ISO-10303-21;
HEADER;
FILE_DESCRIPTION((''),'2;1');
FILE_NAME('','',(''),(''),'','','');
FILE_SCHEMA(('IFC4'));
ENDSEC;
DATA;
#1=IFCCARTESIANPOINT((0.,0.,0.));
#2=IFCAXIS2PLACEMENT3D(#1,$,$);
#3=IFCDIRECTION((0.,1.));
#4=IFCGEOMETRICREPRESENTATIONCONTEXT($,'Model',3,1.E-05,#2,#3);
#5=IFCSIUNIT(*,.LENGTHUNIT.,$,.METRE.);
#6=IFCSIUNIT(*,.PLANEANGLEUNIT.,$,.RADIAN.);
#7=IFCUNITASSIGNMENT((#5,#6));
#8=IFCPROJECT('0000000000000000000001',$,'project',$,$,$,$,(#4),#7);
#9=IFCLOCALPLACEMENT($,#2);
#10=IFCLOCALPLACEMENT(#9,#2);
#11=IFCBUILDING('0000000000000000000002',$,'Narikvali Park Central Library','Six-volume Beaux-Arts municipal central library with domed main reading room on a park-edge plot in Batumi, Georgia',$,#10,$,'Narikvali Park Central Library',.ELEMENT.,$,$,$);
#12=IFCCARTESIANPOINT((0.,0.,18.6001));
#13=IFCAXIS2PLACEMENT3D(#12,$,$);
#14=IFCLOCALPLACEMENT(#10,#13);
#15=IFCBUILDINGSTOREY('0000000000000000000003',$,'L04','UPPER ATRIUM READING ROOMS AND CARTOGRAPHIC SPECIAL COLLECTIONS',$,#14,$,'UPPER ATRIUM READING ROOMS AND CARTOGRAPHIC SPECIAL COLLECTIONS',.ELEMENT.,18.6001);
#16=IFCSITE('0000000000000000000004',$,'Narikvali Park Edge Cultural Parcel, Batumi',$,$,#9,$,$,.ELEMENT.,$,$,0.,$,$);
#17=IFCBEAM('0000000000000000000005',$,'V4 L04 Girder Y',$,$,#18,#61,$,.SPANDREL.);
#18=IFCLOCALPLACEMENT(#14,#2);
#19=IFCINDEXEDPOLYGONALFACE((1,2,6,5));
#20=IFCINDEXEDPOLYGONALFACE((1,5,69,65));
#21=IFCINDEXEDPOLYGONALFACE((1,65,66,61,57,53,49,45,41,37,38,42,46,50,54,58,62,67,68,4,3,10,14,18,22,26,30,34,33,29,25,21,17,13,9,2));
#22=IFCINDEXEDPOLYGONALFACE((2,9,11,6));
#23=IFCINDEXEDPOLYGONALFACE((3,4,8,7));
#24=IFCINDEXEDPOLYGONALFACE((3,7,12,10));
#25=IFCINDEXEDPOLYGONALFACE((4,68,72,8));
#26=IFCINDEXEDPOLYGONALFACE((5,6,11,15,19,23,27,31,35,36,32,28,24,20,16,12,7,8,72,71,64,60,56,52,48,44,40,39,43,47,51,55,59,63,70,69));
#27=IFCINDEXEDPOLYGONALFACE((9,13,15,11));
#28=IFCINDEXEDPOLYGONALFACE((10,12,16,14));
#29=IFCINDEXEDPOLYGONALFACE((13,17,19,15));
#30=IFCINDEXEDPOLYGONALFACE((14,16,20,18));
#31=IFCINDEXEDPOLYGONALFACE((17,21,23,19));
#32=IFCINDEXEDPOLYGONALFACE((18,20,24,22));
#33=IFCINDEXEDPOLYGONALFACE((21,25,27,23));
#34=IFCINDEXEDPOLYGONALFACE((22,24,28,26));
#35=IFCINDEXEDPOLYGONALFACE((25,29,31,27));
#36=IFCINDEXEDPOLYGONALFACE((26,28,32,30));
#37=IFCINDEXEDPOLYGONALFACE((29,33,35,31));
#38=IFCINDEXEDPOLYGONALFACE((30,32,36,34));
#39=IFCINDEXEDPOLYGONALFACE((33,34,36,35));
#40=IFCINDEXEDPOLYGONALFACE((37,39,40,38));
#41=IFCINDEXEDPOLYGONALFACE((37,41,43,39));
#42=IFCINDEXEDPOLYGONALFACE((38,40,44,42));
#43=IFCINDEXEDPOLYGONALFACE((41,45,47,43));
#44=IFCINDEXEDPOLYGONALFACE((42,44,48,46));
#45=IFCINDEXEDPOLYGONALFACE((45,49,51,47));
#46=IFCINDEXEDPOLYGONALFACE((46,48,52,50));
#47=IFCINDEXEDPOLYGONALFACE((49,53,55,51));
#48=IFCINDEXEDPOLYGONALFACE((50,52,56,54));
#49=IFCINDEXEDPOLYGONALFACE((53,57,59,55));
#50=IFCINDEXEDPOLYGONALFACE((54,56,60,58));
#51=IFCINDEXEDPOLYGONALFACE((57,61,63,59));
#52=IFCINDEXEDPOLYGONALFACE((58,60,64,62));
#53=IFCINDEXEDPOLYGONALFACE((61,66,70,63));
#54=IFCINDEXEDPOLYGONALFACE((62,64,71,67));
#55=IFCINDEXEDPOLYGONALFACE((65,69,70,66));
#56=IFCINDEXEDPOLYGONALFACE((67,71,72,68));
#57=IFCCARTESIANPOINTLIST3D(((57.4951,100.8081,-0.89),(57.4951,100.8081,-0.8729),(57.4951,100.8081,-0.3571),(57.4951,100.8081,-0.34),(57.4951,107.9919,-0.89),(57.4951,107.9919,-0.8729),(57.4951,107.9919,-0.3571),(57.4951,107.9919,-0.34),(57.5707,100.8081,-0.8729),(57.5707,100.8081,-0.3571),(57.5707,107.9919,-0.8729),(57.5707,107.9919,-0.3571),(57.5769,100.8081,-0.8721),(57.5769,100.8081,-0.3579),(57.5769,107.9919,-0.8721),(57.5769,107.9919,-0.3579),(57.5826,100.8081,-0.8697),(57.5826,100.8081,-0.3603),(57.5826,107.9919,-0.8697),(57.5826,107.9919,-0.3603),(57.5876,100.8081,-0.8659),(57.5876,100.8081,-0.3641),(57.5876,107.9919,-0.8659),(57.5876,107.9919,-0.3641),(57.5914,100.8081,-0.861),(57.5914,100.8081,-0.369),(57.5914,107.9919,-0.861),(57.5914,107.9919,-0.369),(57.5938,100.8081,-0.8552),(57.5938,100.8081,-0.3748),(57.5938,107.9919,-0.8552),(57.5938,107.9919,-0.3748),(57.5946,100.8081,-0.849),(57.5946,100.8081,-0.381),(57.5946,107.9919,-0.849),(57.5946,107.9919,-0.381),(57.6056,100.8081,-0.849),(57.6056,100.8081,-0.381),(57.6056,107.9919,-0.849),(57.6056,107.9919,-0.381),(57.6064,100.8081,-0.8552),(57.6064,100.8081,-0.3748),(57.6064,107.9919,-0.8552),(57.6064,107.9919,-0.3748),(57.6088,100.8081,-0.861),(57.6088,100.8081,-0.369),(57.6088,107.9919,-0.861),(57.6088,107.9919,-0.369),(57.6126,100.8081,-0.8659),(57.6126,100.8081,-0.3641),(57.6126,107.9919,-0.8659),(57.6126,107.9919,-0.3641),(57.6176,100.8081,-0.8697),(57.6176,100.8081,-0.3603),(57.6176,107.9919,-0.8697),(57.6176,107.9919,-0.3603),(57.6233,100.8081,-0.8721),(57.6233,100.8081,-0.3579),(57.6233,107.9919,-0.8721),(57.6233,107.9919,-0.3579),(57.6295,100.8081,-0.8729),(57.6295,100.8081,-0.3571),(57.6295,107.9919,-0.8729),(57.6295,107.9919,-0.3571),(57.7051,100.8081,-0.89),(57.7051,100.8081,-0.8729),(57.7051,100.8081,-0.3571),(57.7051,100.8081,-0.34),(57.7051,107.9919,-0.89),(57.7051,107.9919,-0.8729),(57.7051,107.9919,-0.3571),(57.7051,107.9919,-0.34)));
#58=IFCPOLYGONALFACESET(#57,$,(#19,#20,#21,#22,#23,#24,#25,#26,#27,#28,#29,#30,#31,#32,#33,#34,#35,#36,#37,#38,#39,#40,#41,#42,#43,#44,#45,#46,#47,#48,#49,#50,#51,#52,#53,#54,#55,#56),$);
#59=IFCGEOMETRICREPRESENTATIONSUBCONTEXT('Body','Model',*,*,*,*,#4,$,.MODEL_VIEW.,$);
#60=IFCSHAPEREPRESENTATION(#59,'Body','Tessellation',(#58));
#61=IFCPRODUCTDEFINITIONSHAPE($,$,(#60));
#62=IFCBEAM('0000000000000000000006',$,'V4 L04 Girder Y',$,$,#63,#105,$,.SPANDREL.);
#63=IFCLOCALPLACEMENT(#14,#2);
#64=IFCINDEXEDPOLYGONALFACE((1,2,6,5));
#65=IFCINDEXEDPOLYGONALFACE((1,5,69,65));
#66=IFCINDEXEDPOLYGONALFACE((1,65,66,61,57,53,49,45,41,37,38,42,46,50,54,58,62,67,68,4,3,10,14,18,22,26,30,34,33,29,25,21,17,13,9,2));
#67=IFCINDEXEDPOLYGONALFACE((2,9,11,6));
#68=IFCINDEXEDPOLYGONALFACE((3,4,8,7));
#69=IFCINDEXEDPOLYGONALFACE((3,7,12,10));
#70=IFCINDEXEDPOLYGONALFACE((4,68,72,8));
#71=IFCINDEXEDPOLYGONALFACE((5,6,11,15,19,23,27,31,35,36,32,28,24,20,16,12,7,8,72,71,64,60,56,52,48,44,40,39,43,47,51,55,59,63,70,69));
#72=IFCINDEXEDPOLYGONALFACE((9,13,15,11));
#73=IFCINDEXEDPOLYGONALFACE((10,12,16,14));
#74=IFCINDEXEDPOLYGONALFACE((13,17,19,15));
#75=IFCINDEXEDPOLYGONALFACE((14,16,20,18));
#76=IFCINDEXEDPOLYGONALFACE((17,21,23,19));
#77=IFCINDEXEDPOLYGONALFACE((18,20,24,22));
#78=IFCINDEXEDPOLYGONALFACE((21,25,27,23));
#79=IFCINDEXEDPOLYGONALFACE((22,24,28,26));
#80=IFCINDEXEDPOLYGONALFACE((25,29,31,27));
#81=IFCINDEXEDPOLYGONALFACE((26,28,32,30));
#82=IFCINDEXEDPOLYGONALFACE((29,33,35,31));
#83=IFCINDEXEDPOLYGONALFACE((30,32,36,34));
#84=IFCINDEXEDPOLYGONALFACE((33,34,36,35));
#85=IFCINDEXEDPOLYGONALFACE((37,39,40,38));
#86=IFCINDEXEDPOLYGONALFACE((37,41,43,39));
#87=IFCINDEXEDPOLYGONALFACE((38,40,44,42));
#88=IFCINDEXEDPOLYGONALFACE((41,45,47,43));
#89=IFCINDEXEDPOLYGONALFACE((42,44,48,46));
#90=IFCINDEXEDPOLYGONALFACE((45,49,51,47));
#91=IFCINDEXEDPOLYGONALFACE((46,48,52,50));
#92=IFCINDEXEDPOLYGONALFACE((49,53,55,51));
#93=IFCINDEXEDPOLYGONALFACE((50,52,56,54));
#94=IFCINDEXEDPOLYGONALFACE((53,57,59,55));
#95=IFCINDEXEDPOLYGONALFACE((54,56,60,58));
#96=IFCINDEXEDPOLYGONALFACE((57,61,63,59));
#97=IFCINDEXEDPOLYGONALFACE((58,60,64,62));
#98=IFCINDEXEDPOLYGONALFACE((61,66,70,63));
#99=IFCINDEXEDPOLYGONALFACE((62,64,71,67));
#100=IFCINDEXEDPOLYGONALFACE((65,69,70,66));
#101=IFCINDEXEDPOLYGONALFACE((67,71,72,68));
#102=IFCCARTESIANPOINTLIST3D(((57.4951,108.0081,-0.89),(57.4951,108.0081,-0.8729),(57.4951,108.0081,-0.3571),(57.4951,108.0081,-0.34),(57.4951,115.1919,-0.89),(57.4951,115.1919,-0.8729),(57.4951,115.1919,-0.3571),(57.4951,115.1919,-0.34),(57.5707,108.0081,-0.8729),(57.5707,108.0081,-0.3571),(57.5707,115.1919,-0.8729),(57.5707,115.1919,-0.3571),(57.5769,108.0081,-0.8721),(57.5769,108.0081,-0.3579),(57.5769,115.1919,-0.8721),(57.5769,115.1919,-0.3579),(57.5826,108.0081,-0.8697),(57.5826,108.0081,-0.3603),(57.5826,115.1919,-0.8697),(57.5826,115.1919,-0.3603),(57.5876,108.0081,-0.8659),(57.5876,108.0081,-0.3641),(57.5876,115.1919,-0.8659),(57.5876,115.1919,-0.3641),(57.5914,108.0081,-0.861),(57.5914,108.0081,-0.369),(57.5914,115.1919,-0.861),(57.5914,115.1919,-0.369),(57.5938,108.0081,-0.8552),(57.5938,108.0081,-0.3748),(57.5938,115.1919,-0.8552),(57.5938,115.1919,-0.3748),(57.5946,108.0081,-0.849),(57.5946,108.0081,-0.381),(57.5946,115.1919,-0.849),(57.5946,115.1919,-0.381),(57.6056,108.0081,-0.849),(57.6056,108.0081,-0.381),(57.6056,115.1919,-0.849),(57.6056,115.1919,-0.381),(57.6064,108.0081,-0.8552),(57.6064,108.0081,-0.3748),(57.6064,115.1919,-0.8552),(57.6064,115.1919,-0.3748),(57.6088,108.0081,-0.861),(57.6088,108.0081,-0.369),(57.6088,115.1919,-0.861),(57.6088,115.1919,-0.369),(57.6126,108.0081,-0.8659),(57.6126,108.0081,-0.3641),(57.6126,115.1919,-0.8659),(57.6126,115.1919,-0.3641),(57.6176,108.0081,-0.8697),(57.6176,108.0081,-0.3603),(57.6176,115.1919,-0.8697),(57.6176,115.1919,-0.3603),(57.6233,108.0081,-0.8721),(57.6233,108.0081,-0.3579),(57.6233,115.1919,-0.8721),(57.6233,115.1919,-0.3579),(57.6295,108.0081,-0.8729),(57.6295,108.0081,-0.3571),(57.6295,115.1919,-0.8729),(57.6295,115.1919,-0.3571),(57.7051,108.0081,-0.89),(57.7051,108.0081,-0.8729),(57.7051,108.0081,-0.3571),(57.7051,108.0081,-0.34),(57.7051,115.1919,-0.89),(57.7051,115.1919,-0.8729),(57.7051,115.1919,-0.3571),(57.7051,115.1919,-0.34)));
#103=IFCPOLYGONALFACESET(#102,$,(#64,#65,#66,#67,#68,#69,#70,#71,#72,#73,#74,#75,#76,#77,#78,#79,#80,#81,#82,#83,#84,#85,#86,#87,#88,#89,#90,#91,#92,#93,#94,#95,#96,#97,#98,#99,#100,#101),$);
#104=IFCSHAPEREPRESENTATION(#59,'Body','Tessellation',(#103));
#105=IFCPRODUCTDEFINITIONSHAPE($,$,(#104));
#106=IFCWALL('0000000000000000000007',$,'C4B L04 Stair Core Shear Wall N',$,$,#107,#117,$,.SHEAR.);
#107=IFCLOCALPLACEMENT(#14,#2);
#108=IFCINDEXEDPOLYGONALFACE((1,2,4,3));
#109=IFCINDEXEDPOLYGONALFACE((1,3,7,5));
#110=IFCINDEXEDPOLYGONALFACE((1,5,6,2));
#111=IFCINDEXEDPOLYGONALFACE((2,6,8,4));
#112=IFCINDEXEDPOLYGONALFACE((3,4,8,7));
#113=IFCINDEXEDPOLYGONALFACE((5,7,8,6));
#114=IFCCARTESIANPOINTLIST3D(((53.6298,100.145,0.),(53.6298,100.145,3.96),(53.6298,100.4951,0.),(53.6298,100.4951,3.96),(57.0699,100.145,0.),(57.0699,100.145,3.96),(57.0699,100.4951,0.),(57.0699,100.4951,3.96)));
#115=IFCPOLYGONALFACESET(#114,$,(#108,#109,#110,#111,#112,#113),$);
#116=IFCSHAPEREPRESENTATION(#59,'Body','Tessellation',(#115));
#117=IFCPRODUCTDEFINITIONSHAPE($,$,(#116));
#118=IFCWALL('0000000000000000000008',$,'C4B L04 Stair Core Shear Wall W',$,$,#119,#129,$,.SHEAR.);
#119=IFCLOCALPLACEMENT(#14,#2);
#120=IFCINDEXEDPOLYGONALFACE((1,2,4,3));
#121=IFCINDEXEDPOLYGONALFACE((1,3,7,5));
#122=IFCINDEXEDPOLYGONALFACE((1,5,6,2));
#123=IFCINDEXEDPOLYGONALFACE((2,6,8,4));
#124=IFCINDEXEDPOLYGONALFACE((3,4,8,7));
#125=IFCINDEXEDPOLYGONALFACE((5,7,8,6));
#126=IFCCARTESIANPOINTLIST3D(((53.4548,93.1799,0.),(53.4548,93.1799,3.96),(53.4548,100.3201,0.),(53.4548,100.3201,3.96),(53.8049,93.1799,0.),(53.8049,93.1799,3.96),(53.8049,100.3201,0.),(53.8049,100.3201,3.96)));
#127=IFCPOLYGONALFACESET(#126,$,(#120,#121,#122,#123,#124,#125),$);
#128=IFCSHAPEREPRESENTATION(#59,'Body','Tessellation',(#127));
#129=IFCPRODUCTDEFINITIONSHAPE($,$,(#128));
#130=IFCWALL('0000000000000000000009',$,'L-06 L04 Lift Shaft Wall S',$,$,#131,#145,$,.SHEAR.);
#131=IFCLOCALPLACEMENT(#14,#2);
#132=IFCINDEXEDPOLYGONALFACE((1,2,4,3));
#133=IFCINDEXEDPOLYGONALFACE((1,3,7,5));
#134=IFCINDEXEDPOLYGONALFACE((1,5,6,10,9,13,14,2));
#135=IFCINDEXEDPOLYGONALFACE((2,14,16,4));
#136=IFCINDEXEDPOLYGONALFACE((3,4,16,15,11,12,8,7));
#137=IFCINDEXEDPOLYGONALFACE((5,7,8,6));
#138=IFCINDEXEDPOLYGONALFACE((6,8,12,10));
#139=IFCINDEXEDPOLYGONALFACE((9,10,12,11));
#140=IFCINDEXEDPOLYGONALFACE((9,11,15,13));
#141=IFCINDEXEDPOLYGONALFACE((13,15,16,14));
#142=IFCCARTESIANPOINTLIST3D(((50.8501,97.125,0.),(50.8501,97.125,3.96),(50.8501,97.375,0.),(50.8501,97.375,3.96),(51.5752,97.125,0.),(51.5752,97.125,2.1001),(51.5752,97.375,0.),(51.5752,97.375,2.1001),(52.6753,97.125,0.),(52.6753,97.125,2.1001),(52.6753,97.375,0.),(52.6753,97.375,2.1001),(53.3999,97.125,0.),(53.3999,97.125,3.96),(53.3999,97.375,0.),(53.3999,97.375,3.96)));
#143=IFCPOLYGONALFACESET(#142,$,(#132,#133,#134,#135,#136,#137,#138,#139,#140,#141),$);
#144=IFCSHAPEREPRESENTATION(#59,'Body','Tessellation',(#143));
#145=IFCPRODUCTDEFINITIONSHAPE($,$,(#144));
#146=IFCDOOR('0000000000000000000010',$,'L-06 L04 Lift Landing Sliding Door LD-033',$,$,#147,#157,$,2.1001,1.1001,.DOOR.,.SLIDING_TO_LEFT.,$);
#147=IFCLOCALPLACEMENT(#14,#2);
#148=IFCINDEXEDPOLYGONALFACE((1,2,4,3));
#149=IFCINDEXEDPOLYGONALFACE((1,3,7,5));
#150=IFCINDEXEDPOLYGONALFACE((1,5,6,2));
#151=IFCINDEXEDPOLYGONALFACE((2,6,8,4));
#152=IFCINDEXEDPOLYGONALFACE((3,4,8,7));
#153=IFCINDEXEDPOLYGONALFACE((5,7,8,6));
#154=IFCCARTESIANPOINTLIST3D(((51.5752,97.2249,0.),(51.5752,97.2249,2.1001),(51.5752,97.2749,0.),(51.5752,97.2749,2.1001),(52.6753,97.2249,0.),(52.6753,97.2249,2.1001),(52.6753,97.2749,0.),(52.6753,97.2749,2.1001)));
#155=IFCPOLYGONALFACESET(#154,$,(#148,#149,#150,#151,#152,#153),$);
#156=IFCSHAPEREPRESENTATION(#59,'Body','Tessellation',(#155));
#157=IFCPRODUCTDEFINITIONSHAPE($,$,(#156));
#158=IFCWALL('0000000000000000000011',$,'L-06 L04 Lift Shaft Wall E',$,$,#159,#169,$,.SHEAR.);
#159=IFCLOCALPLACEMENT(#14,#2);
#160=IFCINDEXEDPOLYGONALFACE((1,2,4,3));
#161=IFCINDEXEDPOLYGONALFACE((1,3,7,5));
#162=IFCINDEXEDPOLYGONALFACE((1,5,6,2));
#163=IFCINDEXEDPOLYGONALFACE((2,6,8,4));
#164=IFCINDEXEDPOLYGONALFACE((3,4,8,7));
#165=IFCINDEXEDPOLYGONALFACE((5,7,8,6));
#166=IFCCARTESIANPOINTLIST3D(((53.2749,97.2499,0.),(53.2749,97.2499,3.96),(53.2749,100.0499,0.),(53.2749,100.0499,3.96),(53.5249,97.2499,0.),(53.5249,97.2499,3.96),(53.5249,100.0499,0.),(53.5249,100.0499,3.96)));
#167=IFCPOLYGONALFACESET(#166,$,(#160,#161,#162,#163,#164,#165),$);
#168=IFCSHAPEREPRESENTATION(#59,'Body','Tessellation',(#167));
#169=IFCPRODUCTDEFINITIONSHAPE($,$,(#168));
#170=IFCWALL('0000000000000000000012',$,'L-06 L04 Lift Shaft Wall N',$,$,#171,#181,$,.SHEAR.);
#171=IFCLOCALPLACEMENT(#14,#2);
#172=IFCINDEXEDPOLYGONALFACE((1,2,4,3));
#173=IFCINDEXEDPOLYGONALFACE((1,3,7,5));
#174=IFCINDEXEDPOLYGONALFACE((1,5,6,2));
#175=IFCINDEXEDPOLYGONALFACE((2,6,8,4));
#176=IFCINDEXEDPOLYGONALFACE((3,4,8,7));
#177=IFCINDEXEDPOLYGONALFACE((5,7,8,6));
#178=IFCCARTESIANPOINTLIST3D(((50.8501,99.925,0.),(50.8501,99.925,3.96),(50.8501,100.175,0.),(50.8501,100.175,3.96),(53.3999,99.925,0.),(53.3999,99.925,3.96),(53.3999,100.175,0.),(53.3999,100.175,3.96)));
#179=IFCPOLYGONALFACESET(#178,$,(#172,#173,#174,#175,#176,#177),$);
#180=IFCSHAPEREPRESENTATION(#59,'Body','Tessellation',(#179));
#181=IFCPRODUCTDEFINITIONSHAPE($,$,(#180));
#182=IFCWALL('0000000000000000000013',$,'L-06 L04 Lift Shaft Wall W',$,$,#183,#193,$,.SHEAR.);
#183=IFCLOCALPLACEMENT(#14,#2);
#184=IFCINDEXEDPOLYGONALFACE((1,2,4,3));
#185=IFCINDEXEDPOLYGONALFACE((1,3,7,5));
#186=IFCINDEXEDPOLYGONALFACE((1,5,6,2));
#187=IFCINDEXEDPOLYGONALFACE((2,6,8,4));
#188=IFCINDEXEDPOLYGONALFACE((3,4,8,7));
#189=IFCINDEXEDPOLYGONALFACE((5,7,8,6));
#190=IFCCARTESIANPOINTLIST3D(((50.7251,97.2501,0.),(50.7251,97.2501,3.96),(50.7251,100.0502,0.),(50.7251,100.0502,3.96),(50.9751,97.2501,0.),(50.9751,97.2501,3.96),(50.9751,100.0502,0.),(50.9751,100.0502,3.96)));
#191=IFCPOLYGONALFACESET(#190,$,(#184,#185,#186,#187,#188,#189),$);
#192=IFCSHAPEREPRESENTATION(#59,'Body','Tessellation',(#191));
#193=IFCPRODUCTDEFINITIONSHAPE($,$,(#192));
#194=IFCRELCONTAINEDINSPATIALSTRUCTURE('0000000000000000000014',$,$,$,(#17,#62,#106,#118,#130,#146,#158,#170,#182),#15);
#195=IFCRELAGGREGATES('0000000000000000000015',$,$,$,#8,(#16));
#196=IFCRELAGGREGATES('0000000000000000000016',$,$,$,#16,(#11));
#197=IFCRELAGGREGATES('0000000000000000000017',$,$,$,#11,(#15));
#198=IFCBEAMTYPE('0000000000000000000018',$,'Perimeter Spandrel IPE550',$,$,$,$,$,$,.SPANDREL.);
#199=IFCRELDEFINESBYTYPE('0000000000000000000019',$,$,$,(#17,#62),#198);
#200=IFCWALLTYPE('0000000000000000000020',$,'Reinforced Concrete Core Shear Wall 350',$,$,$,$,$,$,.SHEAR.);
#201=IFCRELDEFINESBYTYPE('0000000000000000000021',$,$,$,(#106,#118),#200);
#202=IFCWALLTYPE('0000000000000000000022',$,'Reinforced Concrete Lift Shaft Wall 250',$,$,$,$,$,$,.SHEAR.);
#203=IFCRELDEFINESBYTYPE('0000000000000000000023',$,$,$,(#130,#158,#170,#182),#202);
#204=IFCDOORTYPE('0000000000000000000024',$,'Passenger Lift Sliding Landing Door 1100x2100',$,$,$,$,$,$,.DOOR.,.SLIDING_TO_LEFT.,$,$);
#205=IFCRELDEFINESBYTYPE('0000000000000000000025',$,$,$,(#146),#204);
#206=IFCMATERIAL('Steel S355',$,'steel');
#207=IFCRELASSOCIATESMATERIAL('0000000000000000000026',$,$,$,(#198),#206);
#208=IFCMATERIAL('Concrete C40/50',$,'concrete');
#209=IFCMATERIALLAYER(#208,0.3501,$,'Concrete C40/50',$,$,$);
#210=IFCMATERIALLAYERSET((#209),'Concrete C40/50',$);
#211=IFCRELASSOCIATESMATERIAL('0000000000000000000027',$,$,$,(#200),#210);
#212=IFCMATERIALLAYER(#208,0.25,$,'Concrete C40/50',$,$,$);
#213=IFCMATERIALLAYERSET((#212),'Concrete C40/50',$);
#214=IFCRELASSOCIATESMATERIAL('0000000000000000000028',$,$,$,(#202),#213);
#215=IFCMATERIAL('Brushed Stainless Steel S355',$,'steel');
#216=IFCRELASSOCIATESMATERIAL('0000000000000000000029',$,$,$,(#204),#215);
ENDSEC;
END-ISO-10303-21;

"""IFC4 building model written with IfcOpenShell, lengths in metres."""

from ifc_helpers import new_model, si_unit, direction, frame, frame_2d, origin, origin_2d, place, context, subcontext, project, spatial, rectangle, i_section, extrude, material, layer, layer_set, material_profile, profile_set, type_object, element, fill, save


model = new_model("IFC4")

# Units and contexts
model_context = context("Model", 3, precision=1e-05, world=origin(), true_north=direction((0.0, 1.0)))
body_context = subcontext(model_context, "Body", "Model", "MODEL_VIEW")
ifc_project = project(units=[si_unit("LENGTHUNIT", "METRE"), si_unit("PLANEANGLEUNIT", "RADIAN")], contexts=[model_context])

# Site, building, storey
site_placement = place(None, origin())
site = spatial("IfcSite", under=ifc_project, at=site_placement, Name="Narikvali Park Edge Cultural Parcel, Batumi", CompositionType="ELEMENT", RefElevation=0.0)
building_placement = place(site_placement, origin())
building = spatial("IfcBuilding", under=site, at=building_placement, Name="Narikvali Park Central Library", Description="Six-volume Beaux-Arts municipal central library with domed main reading room on a park-edge plot in Batumi, Georgia", LongName="Narikvali Park Central Library", CompositionType="ELEMENT")
storey_placement = place(building_placement, frame((0.0, 0.0, 18.6001)))
storey = spatial("IfcBuildingStorey", under=building, at=storey_placement, Name="L04", Description="UPPER ATRIUM READING ROOMS AND CARTOGRAPHIC SPECIAL COLLECTIONS", LongName="UPPER ATRIUM READING ROOMS AND CARTOGRAPHIC SPECIAL COLLECTIONS", CompositionType="ELEMENT", Elevation=18.6001)

# Shared definitions
ifc_material_1 = material(Name="Steel S355", Category="steel")

# Beams
ifc_material_profile_1 = material_profile(ifc_material_1, i_section(OverallWidth=0.21, OverallDepth=0.55, WebThickness=0.011, FlangeThickness=0.0171, FilletRadius=0.0239, at=origin_2d()), Name="IPE 550")
ifc_profile_set_1 = profile_set([ifc_material_profile_1], Name="Steel S355")
beam_type_1 = type_object("IfcBeamType", Name="Perimeter Spandrel IPE550", PredefinedType="SPANDREL", material=ifc_profile_set_1)
for number, where, z_axis, x_axis, name in (
    (1, (57.6001, 100.8081, -0.615), (0.0, 1.0, 0.0), (-1.0, 0.0, 0.0), "V4 L04 Girder Y"),
    (2, (57.6001, 108.0081, -0.615), (0.0, 1.0, 0.0), (-1.0, 0.0, 0.0), "V4 L04 Girder Y"),
):
    element("IfcBeam", number, at=place(storey_placement, frame(where, z_axis=z_axis, x_axis=x_axis)), inside=storey, type_object=beam_type_1, Name=name, PredefinedType="SPANDREL", context=body_context, shape_type="SweptSolid", body=[
        extrude(i_section(OverallWidth=0.21, OverallDepth=0.55, WebThickness=0.011, FlangeThickness=0.0171, FilletRadius=0.0239, at=origin_2d()), origin(), (0.0, 0.0, 1.0), 7.1838),
    ])

# Walls
ifc_material_2 = material(Name="Concrete C40/50", Category="concrete")
ifc_layer_1 = layer(ifc_material_2, 0.3501, Name="Concrete C40/50")
ifc_layer_set_1 = layer_set([ifc_layer_1], Name="Concrete C40/50")
wall_type_1 = type_object("IfcWallType", Name="Reinforced Concrete Core Shear Wall 350", PredefinedType="SHEAR", material=ifc_layer_set_1)
wall_1_placement = place(storey_placement, frame((57.0701, 100.3201, 0.0), z_axis=(0.0, 0.0, 1.0), x_axis=(-1.0, 0.0, 0.0)))
element("IfcWall", 3, at=wall_1_placement, inside=storey, type_object=wall_type_1, Name="C4B L04 Stair Core Shear Wall N", PredefinedType="SHEAR", context=body_context, shape_type="SweptSolid", body=[
    extrude(rectangle(XDim=3.4402, YDim=0.3501, at=frame_2d((1.7202, 0.0))), origin(), (0.0, 0.0, 1.0), 3.96),
])
wall_2_placement = place(storey_placement, frame((53.6299, 100.3201, 0.0), z_axis=(0.0, 0.0, 1.0), x_axis=(0.0, -1.0, 0.0)))
element("IfcWall", 4, at=wall_2_placement, inside=storey, type_object=wall_type_1, Name="C4B L04 Stair Core Shear Wall W", PredefinedType="SHEAR", context=body_context, shape_type="SweptSolid", body=[
    extrude(rectangle(XDim=7.1401, YDim=0.3501, at=frame_2d((3.5701, 0.0))), origin(), (0.0, 0.0, 1.0), 3.96),
])

# Wall, opening, door
ifc_layer_2 = layer(ifc_material_2, 0.25, Name="Concrete C40/50")
ifc_layer_set_2 = layer_set([ifc_layer_2], Name="Concrete C40/50")
wall_type_2 = type_object("IfcWallType", Name="Reinforced Concrete Lift Shaft Wall 250", PredefinedType="SHEAR", material=ifc_layer_set_2)
wall_3_placement = place(storey_placement, frame((50.8501, 97.25, 0.0), z_axis=(0.0, 0.0, 1.0), x_axis=(1.0, 0.0, 0.0)))
wall_3 = element("IfcWall", 5, at=wall_3_placement, inside=storey, type_object=wall_type_2, Name="L-06 L04 Lift Shaft Wall S", PredefinedType="SHEAR", context=body_context, shape_type="SweptSolid", body=[
    extrude(rectangle(XDim=2.5498, YDim=0.25, at=frame_2d((1.2749, 0.0))), origin(), (0.0, 0.0, 1.0), 3.96),
])
opening_placement = place(wall_3_placement, frame((0.7251, 0.0, 0.0)))
opening = element("IfcOpeningElement", 6, at=opening_placement, cuts=wall_3, PredefinedType="OPENING", context=body_context, shape_type="SweptSolid", body=[
    extrude(rectangle(XDim=1.1001, YDim=2.1001, at=frame_2d((0.55, 1.05))), frame((0.0, 0.137, 0.0), z_axis=(0.0, -1.0, 0.0), x_axis=(1.0, 0.0, 0.0)), (0.0, 0.0, 1.0), 0.2739),
])
ifc_material_3 = material(Name="Brushed Stainless Steel S355", Category="steel")
door_type = type_object("IfcDoorType", Name="Passenger Lift Sliding Landing Door 1100x2100", OperationType="SLIDING_TO_LEFT", PredefinedType="DOOR", material=ifc_material_3)
door_placement = place(opening_placement, origin())
door = element("IfcDoor", 7, at=door_placement, inside=storey, type_object=door_type, Name="L-06 L04 Lift Landing Sliding Door LD-033", OperationType="SLIDING_TO_LEFT", OverallHeight=2.1001, OverallWidth=1.1001, PredefinedType="DOOR", context=body_context, shape_type="SweptSolid", body=[
    extrude(rectangle(XDim=1.1001, YDim=2.1001, at=frame_2d((0.55, 1.05))), frame((0.0, 0.0249, 0.0), z_axis=(0.0, -1.0, 0.0), x_axis=(1.0, 0.0, 0.0)), (0.0, 0.0, 1.0), 0.05),
])
fill(opening, door)

# Walls
wall_4_placement = place(storey_placement, frame((53.3999, 97.25, 0.0), z_axis=(0.0, 0.0, 1.0), x_axis=(0.0, 1.0, 0.0)))
element("IfcWall", 8, at=wall_4_placement, inside=storey, type_object=wall_type_2, Name="L-06 L04 Lift Shaft Wall E", PredefinedType="SHEAR", context=body_context, shape_type="SweptSolid", body=[
    extrude(rectangle(XDim=2.8, YDim=0.25, at=frame_2d((1.3999, 0.0))), origin(), (0.0, 0.0, 1.0), 3.96),
])
wall_5_placement = place(storey_placement, frame((53.3999, 100.05, 0.0), z_axis=(0.0, 0.0, 1.0), x_axis=(-1.0, 0.0, 0.0)))
element("IfcWall", 9, at=wall_5_placement, inside=storey, type_object=wall_type_2, Name="L-06 L04 Lift Shaft Wall N", PredefinedType="SHEAR", context=body_context, shape_type="SweptSolid", body=[
    extrude(rectangle(XDim=2.5498, YDim=0.25, at=frame_2d((1.2749, 0.0))), origin(), (0.0, 0.0, 1.0), 3.96),
])
wall_6_placement = place(storey_placement, frame((50.8501, 100.05, 0.0), z_axis=(0.0, 0.0, 1.0), x_axis=(0.0, -1.0, 0.0)))
element("IfcWall", 10, at=wall_6_placement, inside=storey, type_object=wall_type_2, Name="L-06 L04 Lift Shaft Wall W", PredefinedType="SHEAR", context=body_context, shape_type="SweptSolid", body=[
    extrude(rectangle(XDim=2.8, YDim=0.25, at=frame_2d((1.3999, 0.0))), origin(), (0.0, 0.0, 1.0), 3.96),
])

save(model, "model.ifc")
